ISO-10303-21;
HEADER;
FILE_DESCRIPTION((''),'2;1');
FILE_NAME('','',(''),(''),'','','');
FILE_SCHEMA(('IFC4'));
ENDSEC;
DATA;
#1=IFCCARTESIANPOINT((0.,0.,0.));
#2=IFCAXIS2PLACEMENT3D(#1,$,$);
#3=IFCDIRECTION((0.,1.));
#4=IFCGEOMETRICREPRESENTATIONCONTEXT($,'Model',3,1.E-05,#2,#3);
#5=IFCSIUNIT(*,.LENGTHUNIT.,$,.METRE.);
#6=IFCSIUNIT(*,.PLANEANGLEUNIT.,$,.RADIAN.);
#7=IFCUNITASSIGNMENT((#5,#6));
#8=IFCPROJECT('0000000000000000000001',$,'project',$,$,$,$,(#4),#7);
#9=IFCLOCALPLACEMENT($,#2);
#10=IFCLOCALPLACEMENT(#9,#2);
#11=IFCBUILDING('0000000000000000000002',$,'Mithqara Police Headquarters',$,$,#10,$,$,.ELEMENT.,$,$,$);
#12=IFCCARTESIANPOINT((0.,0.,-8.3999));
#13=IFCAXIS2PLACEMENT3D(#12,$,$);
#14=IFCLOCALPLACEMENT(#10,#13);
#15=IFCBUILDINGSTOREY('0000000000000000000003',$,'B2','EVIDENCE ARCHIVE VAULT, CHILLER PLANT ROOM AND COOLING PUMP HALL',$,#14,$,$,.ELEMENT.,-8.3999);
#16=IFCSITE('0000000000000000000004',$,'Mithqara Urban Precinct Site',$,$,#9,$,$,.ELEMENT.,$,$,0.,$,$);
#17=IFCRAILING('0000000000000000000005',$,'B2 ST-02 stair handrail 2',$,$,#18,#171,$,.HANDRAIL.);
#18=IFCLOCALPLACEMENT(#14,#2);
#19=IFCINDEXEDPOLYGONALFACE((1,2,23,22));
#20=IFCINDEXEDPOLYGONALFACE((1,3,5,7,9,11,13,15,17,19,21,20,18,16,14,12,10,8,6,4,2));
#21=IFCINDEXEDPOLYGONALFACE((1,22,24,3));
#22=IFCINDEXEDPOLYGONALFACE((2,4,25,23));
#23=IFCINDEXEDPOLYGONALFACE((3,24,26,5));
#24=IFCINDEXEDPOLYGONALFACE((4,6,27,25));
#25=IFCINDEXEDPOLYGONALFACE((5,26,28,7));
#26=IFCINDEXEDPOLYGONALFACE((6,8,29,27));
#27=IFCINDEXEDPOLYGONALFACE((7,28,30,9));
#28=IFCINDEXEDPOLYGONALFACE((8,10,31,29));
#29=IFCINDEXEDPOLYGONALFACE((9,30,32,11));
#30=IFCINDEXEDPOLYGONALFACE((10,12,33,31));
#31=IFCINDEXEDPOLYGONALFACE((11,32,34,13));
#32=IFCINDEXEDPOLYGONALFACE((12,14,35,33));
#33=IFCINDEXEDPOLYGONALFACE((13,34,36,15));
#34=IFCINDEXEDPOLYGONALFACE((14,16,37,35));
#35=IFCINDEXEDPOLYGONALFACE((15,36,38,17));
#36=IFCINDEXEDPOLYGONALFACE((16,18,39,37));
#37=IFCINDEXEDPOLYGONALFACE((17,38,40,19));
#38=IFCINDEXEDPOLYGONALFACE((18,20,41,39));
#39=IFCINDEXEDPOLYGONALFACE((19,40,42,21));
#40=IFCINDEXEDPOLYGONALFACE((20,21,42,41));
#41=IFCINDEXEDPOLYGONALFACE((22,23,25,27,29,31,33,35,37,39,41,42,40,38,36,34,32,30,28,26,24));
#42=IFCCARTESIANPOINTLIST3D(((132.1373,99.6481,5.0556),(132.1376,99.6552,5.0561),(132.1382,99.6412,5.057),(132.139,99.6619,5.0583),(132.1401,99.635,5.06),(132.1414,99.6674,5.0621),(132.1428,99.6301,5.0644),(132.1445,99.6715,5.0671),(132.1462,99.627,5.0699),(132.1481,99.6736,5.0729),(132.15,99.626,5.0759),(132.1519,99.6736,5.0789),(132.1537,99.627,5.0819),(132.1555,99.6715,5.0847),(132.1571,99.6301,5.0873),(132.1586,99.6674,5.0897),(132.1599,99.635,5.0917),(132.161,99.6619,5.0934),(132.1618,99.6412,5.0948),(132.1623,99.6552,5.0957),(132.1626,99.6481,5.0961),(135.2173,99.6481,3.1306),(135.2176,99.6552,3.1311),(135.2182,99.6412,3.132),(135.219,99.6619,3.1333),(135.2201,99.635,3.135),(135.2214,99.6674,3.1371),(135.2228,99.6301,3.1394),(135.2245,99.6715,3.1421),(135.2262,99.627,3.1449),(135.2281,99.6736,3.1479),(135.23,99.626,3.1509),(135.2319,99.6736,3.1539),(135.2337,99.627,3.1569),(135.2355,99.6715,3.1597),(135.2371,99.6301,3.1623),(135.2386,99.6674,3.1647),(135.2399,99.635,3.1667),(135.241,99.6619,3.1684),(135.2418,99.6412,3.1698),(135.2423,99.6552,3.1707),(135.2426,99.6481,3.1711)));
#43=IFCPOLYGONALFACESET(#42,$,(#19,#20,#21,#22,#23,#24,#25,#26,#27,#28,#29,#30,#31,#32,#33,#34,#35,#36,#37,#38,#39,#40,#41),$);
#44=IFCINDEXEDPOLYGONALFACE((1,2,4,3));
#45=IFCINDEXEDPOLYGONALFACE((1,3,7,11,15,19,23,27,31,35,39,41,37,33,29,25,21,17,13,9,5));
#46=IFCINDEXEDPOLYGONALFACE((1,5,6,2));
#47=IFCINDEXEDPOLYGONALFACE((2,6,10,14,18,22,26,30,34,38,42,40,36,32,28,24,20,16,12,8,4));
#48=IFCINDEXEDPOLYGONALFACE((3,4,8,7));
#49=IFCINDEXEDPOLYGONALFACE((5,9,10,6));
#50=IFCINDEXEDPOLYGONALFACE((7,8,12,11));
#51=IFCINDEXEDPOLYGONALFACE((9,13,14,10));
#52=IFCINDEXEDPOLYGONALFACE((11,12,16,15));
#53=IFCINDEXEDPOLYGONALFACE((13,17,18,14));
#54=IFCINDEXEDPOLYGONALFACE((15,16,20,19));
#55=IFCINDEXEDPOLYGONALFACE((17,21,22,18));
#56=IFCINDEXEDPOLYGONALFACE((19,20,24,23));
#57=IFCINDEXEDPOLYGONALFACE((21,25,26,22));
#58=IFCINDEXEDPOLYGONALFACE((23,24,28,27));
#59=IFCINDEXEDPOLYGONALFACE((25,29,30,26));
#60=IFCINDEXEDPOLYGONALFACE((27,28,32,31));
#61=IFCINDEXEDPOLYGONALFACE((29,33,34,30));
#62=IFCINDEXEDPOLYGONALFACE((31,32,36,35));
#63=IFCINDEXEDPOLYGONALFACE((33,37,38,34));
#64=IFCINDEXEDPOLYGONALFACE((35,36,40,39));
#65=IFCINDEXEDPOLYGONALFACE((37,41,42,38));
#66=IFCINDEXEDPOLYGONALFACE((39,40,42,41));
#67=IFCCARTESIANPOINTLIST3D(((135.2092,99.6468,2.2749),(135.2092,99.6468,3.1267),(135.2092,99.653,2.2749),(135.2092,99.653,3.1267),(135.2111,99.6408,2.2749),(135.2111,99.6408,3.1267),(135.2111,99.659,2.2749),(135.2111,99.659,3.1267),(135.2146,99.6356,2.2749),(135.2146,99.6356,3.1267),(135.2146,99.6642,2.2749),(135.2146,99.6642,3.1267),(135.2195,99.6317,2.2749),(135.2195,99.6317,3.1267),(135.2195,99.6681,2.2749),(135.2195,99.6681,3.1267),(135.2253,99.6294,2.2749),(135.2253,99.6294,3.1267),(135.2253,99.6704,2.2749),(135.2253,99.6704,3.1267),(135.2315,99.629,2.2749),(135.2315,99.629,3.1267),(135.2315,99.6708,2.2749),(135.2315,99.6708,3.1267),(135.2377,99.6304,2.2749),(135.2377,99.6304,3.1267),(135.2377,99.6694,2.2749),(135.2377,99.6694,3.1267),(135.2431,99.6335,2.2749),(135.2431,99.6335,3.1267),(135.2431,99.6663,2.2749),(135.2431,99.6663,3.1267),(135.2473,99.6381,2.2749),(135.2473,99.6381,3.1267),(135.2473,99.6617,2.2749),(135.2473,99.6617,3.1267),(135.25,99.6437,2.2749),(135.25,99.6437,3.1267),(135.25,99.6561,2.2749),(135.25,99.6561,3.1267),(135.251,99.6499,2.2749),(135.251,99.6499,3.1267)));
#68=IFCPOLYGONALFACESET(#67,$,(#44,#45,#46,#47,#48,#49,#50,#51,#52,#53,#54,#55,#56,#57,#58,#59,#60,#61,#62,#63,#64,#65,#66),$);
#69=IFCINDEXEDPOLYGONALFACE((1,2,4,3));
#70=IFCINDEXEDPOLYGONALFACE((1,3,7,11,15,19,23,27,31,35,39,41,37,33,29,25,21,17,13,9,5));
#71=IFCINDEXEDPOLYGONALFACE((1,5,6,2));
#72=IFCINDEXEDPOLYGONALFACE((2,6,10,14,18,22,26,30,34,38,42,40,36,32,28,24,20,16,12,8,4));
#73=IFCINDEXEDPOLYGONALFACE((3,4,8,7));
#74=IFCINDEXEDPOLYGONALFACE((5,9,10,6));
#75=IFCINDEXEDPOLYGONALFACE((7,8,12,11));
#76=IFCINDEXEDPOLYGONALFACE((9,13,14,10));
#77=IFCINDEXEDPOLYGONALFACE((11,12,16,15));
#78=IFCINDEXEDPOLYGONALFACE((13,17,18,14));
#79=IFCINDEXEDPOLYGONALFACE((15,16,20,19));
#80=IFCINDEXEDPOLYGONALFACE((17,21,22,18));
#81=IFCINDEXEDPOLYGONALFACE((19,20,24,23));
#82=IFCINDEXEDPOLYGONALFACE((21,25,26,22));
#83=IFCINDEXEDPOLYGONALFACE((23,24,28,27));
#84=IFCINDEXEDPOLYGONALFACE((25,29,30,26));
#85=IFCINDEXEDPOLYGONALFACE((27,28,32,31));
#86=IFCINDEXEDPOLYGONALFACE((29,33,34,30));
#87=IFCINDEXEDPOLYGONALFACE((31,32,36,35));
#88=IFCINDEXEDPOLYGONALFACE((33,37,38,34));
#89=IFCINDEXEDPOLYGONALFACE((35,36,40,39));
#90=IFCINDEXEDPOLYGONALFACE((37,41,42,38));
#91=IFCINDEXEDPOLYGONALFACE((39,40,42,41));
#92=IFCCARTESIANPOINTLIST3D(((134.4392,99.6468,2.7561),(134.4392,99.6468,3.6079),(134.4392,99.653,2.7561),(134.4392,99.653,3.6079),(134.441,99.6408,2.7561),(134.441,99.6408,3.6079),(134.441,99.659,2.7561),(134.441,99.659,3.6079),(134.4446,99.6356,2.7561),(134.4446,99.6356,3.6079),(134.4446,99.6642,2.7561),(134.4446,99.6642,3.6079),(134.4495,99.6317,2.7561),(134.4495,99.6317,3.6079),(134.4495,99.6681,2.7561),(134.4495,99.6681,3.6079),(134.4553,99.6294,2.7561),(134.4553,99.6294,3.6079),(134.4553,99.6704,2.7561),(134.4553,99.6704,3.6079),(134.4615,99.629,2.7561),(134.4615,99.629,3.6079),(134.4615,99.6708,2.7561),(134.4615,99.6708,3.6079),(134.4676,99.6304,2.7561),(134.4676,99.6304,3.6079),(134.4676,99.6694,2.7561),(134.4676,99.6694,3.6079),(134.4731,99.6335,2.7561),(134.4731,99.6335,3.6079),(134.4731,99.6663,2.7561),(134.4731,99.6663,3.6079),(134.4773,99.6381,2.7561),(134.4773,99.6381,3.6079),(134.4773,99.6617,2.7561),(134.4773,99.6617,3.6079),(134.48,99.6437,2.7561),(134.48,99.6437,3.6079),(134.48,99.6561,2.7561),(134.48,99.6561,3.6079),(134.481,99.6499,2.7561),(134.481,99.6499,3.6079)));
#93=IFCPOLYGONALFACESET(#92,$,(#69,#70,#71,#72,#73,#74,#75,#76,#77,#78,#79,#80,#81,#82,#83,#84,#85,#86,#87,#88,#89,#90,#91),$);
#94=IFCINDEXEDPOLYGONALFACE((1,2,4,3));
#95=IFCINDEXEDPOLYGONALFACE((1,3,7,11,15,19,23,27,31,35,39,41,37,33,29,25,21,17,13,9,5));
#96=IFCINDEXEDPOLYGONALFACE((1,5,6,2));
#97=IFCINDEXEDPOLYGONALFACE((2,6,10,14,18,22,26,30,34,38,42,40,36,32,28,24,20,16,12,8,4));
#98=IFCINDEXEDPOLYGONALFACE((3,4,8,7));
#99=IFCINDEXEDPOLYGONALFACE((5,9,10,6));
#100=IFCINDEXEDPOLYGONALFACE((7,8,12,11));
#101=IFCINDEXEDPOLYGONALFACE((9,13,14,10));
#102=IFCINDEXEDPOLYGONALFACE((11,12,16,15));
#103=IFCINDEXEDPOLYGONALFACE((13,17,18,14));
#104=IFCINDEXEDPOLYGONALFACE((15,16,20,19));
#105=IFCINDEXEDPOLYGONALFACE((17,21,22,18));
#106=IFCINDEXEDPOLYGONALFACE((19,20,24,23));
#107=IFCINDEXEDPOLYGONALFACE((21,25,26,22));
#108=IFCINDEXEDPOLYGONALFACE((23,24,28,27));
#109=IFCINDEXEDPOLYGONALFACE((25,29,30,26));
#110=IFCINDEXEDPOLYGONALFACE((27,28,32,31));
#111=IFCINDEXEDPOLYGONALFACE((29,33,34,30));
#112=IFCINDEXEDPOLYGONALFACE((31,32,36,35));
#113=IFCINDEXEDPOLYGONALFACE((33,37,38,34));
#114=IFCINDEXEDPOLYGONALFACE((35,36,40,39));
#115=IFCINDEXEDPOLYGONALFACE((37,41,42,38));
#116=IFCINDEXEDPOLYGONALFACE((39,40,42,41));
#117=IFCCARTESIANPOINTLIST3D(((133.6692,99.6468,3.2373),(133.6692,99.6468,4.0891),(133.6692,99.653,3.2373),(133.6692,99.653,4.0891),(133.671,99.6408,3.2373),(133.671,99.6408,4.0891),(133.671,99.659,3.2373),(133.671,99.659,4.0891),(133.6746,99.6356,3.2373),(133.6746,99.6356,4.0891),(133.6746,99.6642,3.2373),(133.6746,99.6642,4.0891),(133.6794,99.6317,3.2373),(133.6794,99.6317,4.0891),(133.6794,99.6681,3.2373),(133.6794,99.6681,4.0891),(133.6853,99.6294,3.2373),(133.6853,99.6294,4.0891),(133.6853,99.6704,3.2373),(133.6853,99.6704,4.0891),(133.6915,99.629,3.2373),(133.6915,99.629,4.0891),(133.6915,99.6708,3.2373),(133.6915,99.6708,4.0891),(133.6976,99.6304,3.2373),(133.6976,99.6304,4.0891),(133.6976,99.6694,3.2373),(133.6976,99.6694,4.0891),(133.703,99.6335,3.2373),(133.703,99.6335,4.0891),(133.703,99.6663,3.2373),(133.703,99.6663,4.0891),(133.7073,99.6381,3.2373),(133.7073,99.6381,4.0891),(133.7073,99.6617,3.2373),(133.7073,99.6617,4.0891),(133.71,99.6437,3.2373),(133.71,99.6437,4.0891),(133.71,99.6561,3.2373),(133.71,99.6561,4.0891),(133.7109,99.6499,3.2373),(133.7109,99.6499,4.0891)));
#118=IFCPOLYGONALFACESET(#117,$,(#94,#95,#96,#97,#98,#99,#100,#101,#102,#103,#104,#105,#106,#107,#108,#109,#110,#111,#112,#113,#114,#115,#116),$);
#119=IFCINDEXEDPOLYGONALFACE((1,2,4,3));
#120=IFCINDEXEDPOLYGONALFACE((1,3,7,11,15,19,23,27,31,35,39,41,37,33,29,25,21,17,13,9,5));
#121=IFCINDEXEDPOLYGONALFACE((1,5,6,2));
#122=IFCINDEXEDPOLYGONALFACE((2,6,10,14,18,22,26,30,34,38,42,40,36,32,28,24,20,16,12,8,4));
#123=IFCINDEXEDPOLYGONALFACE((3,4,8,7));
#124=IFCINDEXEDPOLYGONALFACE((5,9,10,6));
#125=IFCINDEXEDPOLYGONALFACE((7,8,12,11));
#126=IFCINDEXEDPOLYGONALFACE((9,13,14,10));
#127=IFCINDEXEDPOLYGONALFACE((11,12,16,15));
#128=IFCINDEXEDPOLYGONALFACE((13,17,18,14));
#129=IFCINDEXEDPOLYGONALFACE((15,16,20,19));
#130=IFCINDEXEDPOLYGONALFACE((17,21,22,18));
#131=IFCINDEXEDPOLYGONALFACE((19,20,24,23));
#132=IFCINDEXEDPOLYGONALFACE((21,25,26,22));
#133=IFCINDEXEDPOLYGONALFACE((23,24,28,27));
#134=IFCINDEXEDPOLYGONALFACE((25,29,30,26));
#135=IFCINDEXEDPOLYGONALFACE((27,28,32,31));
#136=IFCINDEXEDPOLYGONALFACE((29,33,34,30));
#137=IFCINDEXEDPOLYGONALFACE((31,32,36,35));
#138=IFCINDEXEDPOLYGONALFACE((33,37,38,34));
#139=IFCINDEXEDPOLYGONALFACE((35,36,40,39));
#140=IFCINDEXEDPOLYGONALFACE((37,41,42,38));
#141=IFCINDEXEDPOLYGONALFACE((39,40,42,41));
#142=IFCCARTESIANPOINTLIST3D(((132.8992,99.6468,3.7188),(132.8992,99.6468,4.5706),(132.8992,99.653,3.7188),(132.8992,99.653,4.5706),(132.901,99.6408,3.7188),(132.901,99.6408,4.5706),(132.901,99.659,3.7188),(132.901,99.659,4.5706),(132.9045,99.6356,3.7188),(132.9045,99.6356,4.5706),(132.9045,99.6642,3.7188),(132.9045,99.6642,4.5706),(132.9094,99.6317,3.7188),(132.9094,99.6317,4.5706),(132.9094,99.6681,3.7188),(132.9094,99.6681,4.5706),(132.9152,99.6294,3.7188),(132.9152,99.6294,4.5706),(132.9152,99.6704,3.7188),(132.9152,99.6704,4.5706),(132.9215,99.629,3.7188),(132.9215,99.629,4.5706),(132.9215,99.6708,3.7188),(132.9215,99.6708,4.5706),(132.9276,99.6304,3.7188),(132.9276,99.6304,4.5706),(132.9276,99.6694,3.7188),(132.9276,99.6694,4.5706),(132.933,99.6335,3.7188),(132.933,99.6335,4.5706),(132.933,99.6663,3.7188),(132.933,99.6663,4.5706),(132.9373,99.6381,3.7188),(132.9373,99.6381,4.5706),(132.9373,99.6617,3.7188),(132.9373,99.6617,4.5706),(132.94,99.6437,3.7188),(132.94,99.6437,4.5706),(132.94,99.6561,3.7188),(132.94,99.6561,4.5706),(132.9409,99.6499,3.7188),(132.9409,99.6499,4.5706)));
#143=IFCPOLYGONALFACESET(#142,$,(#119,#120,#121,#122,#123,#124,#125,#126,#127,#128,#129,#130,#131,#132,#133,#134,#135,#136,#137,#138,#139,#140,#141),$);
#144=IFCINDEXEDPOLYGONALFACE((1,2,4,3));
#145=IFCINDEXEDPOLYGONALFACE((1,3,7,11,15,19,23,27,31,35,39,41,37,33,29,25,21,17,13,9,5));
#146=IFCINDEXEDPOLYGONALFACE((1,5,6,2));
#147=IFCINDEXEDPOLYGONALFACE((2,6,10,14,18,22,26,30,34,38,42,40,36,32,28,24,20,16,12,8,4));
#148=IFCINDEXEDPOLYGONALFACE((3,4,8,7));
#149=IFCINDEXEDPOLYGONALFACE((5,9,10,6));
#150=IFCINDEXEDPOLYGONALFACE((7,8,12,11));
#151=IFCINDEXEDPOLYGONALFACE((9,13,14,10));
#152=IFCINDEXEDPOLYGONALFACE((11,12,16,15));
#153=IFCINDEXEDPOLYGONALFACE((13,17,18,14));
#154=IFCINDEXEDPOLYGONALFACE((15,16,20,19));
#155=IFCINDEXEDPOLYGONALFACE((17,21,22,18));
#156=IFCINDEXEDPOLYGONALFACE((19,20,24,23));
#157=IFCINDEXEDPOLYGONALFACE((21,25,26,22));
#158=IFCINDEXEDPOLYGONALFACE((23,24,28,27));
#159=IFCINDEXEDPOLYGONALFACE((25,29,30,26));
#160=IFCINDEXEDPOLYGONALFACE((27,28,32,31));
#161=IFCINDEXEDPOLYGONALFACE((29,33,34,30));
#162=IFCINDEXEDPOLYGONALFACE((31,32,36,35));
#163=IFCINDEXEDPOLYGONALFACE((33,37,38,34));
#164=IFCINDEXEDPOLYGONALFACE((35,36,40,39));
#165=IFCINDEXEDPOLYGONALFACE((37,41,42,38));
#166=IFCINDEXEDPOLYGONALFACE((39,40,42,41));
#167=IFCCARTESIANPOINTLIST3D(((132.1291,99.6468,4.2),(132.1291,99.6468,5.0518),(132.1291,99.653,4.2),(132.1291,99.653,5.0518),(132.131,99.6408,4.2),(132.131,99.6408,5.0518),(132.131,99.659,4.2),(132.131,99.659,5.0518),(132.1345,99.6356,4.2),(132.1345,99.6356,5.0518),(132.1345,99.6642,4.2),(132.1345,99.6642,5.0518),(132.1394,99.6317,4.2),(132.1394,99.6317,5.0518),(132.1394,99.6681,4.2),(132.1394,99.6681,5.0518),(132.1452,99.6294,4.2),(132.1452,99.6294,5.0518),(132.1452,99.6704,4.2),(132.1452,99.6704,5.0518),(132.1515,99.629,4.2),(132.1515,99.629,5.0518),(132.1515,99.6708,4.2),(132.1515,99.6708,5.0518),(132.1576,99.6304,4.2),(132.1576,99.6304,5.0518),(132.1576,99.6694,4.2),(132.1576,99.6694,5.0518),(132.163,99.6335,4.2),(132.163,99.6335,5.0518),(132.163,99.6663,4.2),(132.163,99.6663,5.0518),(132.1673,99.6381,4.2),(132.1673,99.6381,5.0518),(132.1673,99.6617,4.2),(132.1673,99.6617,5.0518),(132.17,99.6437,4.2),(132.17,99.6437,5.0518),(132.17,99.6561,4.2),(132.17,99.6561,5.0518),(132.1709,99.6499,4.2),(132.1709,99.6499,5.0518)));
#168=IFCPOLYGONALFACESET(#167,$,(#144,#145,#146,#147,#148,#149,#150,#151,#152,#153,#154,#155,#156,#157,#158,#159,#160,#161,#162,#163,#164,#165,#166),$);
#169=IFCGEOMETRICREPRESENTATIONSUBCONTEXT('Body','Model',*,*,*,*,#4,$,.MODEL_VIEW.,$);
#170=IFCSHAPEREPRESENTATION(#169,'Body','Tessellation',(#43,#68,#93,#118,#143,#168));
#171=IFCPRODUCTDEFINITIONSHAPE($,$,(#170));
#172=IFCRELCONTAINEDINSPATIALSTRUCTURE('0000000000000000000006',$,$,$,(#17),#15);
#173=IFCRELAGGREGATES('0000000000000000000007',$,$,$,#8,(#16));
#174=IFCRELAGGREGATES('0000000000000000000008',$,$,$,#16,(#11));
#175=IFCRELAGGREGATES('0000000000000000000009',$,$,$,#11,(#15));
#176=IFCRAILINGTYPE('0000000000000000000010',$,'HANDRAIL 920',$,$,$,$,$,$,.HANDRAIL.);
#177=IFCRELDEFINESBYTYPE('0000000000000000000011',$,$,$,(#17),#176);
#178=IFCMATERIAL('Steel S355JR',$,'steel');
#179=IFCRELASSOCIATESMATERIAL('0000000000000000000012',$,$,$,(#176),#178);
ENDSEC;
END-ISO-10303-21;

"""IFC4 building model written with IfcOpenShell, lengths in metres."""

from ifc_helpers import new_model, si_unit, direction, frame, origin, origin_2d, place, context, subcontext, project, spatial, circle, extrude, material, type_object, element, save


model = new_model("IFC4")

# Units and contexts
model_context = context("Model", 3, precision=1e-05, world=origin(), true_north=direction((0.0, 1.0)))
body_context = subcontext(model_context, "Body", "Model", "MODEL_VIEW")
ifc_project = project(units=[si_unit("LENGTHUNIT", "METRE"), si_unit("PLANEANGLEUNIT", "RADIAN")], contexts=[model_context])

# Site, building, storey
site_placement = place(None, origin())
site = spatial("IfcSite", under=ifc_project, at=site_placement, Name="Mithqara Urban Precinct Site", CompositionType="ELEMENT", RefElevation=0.0)
building_placement = place(site_placement, origin())
building = spatial("IfcBuilding", under=site, at=building_placement, Name="Mithqara Police Headquarters", CompositionType="ELEMENT")
storey_placement = place(building_placement, frame((0.0, 0.0, -8.3999)))
storey = spatial("IfcBuildingStorey", under=building, at=storey_placement, Name="B2", Description="EVIDENCE ARCHIVE VAULT, CHILLER PLANT ROOM AND COOLING PUMP HALL", CompositionType="ELEMENT", Elevation=-8.3999)

# Shared definitions
ifc_material_1 = material(Name="Steel S355JR", Category="steel")

# Railing
railing_type = type_object("IfcRailingType", Name="HANDRAIL 920", PredefinedType="HANDRAIL", material=ifc_material_1)
railing_placement = place(storey_placement, frame((135.23, 99.6499, 2.2749)))
element("IfcRailing", 1, at=railing_placement, inside=storey, type_object=railing_type, Name="B2 ST-02 stair handrail 2", PredefinedType="HANDRAIL", context=body_context, shape_type="SweptSolid", body=[
    extrude(circle(Radius=0.0239, at=origin_2d()), frame((0.0, 0.0, 0.876), z_axis=(-0.847998, 0.0, 0.529999), x_axis=(0.0, -1.0, 0.0)), (0.0, 0.0, 1.0), 3.6321),
    extrude(circle(Radius=0.021, at=origin_2d()), origin(), (0.0, 0.0, 1.0), 0.8518),
    extrude(circle(Radius=0.021, at=origin_2d()), frame((-0.77, 0.0, 0.4812)), (0.0, 0.0, 1.0), 0.8518),
    extrude(circle(Radius=0.021, at=origin_2d()), frame((-1.54, 0.0, 0.9624)), (0.0, 0.0, 1.0), 0.8518),
    extrude(circle(Radius=0.021, at=origin_2d()), frame((-2.3101, 0.0, 1.4438)), (0.0, 0.0, 1.0), 0.8518),
    extrude(circle(Radius=0.021, at=origin_2d()), frame((-3.0801, 0.0, 1.925)), (0.0, 0.0, 1.0), 0.8518),
])

save(model, "model.ifc")
